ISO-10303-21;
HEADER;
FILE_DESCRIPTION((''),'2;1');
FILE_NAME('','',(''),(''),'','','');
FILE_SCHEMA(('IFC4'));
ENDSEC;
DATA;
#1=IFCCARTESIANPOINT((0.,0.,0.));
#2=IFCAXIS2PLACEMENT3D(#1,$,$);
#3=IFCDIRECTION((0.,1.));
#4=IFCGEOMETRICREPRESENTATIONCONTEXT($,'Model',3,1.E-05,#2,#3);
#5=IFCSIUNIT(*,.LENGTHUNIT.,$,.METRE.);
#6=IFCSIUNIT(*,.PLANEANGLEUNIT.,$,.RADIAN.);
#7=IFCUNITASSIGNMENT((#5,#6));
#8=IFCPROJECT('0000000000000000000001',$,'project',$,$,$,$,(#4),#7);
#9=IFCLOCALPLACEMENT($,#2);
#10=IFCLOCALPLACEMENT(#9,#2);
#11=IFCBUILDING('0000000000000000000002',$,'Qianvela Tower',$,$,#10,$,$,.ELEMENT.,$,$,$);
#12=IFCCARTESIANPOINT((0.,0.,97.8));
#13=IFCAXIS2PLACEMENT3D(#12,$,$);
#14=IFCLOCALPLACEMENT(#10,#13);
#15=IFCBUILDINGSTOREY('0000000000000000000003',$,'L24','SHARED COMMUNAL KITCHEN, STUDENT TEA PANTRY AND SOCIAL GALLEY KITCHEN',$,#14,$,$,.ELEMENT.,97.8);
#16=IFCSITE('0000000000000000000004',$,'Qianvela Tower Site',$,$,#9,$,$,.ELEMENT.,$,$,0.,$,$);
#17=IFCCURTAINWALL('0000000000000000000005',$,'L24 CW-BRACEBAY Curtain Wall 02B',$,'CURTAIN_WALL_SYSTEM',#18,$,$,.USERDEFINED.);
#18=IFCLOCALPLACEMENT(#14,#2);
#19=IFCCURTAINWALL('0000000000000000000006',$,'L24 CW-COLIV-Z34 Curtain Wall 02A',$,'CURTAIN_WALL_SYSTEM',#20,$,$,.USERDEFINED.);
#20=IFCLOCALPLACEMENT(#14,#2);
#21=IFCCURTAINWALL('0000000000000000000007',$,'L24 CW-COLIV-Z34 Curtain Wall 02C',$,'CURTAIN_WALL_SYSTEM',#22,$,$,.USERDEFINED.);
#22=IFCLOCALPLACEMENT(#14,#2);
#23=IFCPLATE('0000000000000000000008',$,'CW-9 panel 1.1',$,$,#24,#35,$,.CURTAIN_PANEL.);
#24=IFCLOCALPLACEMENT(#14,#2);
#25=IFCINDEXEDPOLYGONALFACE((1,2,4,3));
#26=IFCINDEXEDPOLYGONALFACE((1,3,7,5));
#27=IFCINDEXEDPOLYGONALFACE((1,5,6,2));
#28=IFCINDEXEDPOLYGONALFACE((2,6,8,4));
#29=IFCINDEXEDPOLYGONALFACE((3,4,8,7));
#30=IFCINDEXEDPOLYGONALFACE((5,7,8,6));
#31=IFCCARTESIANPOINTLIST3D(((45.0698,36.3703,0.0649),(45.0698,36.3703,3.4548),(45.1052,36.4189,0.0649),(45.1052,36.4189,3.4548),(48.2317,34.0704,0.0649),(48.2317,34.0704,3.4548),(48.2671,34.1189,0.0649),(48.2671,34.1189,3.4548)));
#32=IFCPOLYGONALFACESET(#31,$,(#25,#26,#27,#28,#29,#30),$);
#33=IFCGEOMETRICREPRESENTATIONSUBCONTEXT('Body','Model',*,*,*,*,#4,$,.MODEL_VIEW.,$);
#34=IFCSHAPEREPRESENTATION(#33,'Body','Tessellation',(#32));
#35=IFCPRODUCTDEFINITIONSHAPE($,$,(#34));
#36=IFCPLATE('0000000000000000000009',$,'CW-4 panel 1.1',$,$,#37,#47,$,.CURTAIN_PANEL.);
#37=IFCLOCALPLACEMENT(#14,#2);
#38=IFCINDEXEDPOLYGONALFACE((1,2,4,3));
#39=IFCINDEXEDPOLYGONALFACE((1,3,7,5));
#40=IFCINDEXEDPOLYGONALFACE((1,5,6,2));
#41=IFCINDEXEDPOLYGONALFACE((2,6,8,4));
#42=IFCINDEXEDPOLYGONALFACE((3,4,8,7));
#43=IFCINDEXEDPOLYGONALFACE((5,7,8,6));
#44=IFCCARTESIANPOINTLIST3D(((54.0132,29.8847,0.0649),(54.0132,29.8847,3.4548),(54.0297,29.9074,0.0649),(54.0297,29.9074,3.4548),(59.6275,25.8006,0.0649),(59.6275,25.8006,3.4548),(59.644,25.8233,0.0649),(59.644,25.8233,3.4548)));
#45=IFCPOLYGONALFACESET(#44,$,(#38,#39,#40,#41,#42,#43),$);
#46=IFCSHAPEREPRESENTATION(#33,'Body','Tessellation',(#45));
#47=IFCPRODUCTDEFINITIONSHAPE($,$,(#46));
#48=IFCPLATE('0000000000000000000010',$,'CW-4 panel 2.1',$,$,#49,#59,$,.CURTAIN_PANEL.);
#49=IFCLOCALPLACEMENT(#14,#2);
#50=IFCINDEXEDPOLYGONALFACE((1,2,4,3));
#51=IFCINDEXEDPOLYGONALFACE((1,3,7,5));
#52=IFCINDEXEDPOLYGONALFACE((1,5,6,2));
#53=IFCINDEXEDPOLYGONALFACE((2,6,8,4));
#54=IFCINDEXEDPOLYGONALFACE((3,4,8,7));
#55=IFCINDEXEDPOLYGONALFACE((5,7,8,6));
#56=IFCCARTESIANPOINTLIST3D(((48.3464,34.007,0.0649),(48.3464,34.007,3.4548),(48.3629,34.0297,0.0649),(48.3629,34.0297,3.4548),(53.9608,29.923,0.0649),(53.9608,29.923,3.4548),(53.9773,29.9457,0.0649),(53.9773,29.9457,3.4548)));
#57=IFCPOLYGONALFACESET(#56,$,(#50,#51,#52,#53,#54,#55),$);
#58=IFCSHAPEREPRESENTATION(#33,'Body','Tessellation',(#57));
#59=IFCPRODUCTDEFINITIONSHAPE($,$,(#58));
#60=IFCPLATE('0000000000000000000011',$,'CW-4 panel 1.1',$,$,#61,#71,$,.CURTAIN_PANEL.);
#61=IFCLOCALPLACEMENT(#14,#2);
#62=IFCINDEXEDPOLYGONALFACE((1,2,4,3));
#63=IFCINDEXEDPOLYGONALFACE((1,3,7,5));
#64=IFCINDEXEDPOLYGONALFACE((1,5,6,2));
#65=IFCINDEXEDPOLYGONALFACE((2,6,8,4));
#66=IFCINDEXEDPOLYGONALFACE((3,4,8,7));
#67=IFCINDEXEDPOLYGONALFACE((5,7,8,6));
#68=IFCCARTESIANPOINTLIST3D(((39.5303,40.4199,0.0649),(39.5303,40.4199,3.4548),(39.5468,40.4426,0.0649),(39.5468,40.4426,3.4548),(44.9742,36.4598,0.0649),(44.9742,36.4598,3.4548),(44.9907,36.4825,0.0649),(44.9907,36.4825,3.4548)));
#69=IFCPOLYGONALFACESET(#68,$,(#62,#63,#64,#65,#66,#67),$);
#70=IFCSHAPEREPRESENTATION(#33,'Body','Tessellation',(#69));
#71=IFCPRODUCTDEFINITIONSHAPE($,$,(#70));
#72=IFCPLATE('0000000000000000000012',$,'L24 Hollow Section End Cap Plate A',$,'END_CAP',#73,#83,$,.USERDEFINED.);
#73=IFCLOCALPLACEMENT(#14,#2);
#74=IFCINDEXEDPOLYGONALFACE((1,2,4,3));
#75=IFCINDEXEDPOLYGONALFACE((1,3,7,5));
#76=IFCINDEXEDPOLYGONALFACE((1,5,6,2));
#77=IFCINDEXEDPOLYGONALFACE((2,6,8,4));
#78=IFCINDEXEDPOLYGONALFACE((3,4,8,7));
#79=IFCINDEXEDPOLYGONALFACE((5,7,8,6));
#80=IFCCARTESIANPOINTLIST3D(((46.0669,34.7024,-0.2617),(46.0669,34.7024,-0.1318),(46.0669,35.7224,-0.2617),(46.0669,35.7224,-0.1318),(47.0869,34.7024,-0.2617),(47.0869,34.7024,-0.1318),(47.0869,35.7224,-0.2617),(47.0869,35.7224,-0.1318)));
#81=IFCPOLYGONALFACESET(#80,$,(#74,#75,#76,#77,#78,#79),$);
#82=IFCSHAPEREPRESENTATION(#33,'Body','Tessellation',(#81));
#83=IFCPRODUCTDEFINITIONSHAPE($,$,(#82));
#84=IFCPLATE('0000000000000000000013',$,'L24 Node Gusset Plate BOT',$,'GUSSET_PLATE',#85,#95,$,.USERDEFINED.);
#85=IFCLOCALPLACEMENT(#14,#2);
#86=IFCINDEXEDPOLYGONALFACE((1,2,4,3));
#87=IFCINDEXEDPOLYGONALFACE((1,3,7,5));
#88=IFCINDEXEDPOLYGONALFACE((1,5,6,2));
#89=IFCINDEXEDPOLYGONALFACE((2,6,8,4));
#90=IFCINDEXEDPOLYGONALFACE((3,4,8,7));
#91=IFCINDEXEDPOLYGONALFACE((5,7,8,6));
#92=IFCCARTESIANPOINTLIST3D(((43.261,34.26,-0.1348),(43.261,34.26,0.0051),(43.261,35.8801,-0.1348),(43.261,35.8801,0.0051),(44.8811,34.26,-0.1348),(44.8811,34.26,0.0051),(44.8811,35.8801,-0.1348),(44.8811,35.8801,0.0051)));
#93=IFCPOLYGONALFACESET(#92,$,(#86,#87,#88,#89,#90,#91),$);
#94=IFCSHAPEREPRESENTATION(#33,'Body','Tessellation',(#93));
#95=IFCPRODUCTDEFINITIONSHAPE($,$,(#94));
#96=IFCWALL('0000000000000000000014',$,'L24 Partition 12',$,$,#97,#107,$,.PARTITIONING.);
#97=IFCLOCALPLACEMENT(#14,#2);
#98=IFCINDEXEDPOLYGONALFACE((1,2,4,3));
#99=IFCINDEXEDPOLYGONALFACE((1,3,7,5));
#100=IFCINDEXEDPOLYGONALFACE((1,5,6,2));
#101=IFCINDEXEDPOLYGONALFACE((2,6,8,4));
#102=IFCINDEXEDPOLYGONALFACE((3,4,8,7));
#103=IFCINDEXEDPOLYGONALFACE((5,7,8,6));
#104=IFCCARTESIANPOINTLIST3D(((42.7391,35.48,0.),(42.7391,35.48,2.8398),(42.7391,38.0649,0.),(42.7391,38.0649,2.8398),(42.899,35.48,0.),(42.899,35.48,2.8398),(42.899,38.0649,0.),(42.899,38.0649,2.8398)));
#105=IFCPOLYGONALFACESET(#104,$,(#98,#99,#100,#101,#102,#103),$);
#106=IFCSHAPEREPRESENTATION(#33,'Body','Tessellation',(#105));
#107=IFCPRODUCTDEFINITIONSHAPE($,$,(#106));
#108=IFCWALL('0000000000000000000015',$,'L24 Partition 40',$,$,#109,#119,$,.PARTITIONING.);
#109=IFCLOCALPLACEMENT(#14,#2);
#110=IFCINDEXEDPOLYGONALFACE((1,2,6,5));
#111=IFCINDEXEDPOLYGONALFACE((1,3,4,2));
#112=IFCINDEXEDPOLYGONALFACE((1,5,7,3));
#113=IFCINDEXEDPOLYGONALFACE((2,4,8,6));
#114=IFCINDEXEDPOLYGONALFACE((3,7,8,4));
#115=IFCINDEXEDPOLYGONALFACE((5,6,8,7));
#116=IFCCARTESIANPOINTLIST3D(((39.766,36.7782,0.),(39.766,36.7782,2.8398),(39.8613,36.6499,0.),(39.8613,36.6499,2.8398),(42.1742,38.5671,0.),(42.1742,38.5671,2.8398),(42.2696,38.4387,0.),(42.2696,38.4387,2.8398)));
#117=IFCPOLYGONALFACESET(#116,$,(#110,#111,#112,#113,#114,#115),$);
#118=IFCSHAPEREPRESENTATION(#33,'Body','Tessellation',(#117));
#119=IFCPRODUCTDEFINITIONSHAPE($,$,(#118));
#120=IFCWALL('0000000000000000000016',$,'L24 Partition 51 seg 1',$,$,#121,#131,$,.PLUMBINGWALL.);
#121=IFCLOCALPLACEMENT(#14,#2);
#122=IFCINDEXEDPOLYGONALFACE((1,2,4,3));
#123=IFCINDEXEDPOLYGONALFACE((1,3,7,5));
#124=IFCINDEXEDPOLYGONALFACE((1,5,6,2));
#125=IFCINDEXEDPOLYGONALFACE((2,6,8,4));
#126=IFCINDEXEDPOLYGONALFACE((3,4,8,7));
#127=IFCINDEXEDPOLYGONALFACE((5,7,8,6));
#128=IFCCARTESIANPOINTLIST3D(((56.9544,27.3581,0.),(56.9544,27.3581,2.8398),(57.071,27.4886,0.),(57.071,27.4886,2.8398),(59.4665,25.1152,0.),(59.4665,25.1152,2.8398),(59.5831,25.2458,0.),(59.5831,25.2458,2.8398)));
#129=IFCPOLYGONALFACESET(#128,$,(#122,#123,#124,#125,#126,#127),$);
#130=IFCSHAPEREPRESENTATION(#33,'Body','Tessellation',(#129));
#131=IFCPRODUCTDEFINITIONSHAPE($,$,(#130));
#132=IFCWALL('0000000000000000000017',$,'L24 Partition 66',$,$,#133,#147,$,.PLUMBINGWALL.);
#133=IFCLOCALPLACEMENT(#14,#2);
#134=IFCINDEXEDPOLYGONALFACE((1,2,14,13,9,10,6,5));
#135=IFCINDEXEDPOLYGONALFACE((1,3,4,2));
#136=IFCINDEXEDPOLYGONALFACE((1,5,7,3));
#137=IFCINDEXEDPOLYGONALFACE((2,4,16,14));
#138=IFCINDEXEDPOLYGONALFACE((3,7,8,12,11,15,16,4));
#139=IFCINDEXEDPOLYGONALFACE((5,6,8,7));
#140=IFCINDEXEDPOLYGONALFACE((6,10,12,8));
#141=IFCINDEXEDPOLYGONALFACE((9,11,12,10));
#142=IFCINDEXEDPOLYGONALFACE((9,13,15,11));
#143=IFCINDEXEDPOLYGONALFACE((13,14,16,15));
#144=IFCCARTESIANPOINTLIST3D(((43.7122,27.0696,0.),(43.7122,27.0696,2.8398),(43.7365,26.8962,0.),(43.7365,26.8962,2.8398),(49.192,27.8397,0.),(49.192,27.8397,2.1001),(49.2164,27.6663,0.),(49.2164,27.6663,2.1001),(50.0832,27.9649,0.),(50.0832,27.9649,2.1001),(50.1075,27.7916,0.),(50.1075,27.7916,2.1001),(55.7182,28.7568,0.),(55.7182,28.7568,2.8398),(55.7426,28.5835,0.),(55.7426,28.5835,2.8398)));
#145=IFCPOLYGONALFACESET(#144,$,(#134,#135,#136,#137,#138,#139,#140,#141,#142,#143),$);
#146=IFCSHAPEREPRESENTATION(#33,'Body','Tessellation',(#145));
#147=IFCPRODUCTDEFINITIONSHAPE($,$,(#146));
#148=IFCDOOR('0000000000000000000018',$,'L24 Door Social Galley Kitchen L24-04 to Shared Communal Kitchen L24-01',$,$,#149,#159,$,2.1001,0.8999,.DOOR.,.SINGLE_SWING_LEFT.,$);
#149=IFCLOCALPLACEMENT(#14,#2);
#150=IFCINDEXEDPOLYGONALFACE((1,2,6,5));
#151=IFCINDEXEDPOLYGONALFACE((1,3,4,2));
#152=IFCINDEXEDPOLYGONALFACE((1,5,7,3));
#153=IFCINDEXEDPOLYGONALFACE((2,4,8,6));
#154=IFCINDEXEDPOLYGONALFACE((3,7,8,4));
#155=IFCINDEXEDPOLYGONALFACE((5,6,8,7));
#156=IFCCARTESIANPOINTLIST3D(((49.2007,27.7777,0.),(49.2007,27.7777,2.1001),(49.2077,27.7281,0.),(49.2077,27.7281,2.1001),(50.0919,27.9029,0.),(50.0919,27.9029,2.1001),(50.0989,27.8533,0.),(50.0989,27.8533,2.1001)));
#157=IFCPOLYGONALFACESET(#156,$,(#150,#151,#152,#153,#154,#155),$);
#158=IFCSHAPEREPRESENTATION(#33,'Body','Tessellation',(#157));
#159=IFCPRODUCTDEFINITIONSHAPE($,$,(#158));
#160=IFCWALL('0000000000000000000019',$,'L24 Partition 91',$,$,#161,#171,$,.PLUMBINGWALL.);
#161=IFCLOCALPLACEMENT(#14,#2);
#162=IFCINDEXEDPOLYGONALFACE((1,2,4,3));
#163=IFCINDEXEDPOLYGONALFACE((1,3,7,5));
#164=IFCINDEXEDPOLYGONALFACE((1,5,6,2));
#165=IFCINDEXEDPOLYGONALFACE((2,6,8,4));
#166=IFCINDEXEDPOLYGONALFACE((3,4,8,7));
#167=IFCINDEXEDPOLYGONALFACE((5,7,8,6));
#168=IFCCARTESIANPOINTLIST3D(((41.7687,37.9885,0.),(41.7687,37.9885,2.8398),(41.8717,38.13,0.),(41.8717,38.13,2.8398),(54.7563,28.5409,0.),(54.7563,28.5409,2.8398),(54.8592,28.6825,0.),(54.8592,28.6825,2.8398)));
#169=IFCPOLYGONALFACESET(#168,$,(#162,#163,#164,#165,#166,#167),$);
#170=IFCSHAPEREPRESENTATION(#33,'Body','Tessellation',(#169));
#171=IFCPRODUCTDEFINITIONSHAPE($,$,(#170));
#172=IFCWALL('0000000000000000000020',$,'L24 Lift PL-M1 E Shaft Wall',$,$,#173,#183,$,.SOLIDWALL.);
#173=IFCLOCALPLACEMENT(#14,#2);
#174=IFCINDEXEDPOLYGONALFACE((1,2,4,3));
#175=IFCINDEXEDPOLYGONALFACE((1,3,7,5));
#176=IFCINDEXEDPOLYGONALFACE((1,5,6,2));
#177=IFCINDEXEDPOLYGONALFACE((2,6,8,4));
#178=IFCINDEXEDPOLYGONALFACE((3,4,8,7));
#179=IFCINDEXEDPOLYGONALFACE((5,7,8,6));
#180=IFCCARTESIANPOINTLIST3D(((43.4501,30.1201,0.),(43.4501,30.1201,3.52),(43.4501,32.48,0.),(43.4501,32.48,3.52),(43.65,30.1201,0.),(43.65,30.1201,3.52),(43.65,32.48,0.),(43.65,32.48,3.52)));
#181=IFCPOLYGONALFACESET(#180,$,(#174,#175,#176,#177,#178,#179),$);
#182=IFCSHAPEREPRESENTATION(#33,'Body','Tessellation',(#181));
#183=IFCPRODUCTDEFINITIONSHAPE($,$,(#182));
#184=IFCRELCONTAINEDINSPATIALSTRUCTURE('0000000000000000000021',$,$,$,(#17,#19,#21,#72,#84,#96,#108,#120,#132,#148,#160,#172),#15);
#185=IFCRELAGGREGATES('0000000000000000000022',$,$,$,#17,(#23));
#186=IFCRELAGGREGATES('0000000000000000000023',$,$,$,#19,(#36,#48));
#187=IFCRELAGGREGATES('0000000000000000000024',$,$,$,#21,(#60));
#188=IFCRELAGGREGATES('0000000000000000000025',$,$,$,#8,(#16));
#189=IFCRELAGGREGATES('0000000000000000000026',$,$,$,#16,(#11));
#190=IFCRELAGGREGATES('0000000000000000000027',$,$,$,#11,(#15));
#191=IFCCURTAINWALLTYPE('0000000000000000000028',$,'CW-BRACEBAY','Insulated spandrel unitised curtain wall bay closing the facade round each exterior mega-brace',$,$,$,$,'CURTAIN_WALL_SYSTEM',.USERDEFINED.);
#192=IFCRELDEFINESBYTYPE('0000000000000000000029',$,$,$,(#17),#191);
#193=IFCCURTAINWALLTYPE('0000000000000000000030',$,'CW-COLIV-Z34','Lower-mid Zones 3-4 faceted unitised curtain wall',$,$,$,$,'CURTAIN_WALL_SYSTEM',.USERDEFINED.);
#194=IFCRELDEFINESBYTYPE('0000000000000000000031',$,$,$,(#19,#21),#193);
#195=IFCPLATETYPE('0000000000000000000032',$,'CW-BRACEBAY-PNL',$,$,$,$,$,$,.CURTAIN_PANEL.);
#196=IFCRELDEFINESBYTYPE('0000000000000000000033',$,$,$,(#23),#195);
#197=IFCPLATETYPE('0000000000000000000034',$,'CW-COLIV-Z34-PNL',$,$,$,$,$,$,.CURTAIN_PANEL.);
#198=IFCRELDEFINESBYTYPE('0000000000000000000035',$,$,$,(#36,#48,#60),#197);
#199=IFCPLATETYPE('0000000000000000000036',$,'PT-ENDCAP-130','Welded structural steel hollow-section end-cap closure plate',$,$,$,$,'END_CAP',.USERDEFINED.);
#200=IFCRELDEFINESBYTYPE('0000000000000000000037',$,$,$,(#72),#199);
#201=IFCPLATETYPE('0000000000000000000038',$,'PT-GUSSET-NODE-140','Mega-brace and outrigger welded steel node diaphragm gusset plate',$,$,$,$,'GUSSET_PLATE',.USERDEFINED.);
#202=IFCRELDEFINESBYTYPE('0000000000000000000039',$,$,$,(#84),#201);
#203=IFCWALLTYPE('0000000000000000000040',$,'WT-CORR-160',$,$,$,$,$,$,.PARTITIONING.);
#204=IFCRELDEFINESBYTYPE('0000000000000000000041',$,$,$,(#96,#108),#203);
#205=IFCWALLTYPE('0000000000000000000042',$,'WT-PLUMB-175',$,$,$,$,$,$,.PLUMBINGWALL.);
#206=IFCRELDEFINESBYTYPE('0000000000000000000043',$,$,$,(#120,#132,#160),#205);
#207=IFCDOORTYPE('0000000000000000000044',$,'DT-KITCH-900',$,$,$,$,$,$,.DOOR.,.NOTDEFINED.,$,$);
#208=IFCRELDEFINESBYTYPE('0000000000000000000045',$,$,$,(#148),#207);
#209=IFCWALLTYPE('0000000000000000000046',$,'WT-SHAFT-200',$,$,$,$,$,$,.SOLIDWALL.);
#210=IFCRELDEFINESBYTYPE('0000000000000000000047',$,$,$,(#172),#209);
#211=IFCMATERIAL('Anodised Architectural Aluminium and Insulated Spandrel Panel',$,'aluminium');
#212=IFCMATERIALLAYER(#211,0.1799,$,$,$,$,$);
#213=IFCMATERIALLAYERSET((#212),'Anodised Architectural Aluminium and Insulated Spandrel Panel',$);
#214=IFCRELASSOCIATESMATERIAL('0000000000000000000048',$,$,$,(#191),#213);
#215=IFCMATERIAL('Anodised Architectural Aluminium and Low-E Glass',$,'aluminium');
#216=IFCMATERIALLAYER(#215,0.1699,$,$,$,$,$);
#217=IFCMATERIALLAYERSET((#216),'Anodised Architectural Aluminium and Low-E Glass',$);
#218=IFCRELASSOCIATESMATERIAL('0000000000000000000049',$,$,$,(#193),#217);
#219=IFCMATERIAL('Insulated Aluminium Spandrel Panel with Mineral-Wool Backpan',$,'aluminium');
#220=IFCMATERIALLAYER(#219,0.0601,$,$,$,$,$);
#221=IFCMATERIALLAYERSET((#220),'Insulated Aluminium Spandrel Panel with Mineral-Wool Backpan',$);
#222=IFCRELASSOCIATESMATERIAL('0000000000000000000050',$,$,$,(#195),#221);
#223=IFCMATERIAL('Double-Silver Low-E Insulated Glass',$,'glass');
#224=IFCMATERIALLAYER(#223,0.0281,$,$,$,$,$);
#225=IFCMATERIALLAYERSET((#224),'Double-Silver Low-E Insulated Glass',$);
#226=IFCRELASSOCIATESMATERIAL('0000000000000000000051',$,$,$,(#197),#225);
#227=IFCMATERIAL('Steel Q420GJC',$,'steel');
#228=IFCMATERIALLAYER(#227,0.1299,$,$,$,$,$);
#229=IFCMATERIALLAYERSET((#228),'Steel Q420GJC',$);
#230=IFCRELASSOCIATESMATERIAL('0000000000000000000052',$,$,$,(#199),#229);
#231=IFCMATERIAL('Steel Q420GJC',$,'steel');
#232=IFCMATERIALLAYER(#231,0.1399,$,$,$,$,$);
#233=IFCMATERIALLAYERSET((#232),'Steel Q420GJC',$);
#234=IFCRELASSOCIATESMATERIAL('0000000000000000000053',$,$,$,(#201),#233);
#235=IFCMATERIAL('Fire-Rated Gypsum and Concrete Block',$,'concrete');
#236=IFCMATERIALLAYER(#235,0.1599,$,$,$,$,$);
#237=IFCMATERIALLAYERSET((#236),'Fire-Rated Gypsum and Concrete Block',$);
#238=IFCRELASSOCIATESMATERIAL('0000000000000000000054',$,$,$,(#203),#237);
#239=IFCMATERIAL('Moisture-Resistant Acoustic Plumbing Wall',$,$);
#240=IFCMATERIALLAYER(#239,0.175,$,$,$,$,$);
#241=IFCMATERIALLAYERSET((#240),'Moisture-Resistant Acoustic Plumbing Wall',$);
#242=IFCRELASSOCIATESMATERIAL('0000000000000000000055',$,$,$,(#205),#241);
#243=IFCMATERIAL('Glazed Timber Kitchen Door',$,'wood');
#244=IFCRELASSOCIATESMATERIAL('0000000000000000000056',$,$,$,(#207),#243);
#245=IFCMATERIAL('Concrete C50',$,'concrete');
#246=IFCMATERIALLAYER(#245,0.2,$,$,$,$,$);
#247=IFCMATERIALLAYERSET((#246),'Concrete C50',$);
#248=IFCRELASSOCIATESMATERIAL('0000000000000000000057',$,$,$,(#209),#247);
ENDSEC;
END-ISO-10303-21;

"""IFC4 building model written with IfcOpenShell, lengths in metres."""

from ifc_helpers import new_model, si_unit, direction, frame, frame_2d, origin, origin_2d, place, context, subcontext, project, spatial, rectangle, extrude, material, layer, layer_set, type_object, element, fill, aggregate, save


model = new_model("IFC4")

# Units and contexts
model_context = context("Model", 3, precision=1e-05, world=origin(), true_north=direction((0.0, 1.0)))
body_context = subcontext(model_context, "Body", "Model", "MODEL_VIEW")
ifc_project = project(units=[si_unit("LENGTHUNIT", "METRE"), si_unit("PLANEANGLEUNIT", "RADIAN")], contexts=[model_context])

# Site, building, storey
site_placement = place(None, origin())
site = spatial("IfcSite", under=ifc_project, at=site_placement, Name="Qianvela Tower Site", CompositionType="ELEMENT", RefElevation=0.0)
building_placement = place(site_placement, origin())
building = spatial("IfcBuilding", under=site, at=building_placement, Name="Qianvela Tower", CompositionType="ELEMENT")
storey_placement = place(building_placement, frame((0.0, 0.0, 97.8)))
storey = spatial("IfcBuildingStorey", under=building, at=storey_placement, Name="L24", Description="SHARED COMMUNAL KITCHEN, STUDENT TEA PANTRY AND SOCIAL GALLEY KITCHEN", CompositionType="ELEMENT", Elevation=97.8)

# Curtain walls
ifc_material_1 = material(Name="Anodised Architectural Aluminium and Insulated Spandrel Panel", Category="aluminium")
ifc_layer_1 = layer(ifc_material_1, 0.1799)
ifc_layer_set_1 = layer_set([ifc_layer_1], Name="Anodised Architectural Aluminium and Insulated Spandrel Panel")
curtain_wall_type_1 = type_object("IfcCurtainWallType", Name="CW-BRACEBAY", Description="Insulated spandrel unitised curtain wall bay closing the facade round each exterior mega-brace", ElementType="CURTAIN_WALL_SYSTEM", PredefinedType="USERDEFINED", material=ifc_layer_set_1)
curtain_wall_1_placement = place(storey_placement, origin())
curtain_wall_1 = element("IfcCurtainWall", 1, at=curtain_wall_1_placement, inside=storey, type_object=curtain_wall_type_1, Name="L24 CW-BRACEBAY Curtain Wall 02B", ObjectType="CURTAIN_WALL_SYSTEM", PredefinedType="USERDEFINED")
ifc_material_2 = material(Name="Anodised Architectural Aluminium and Low-E Glass", Category="aluminium")
ifc_layer_2 = layer(ifc_material_2, 0.1699)
ifc_layer_set_2 = layer_set([ifc_layer_2], Name="Anodised Architectural Aluminium and Low-E Glass")
curtain_wall_type_2 = type_object("IfcCurtainWallType", Name="CW-COLIV-Z34", Description="Lower-mid Zones 3-4 faceted unitised curtain wall", ElementType="CURTAIN_WALL_SYSTEM", PredefinedType="USERDEFINED", material=ifc_layer_set_2)
curtain_wall_2_placement = place(storey_placement, origin())
curtain_wall_2 = element("IfcCurtainWall", 2, at=curtain_wall_2_placement, inside=storey, type_object=curtain_wall_type_2, Name="L24 CW-COLIV-Z34 Curtain Wall 02A", ObjectType="CURTAIN_WALL_SYSTEM", PredefinedType="USERDEFINED")

# Curtain wall
curtain_wall_3_placement = place(storey_placement, origin())
curtain_wall_3 = element("IfcCurtainWall", 3, at=curtain_wall_3_placement, inside=storey, type_object=curtain_wall_type_2, Name="L24 CW-COLIV-Z34 Curtain Wall 02C", ObjectType="CURTAIN_WALL_SYSTEM", PredefinedType="USERDEFINED")

# Plates
ifc_material_3 = material(Name="Insulated Aluminium Spandrel Panel with Mineral-Wool Backpan", Category="aluminium")
ifc_layer_3 = layer(ifc_material_3, 0.0601)
ifc_layer_set_3 = layer_set([ifc_layer_3], Name="Insulated Aluminium Spandrel Panel with Mineral-Wool Backpan")
plate_type_1 = type_object("IfcPlateType", Name="CW-BRACEBAY-PNL", PredefinedType="CURTAIN_PANEL", material=ifc_layer_set_3)
plate_1_placement = place(storey_placement, frame((46.6685, 35.2446, 0.0649), z_axis=(0.0, 0.0, 1.0), x_axis=(-0.808686, 0.588241, 0.0)))
plate_1 = element("IfcPlate", 4, at=plate_1_placement, type_object=plate_type_1, Name="CW-9 panel 1.1", PredefinedType="CURTAIN_PANEL", context=body_context, shape_type="SweptSolid", body=[
    extrude(rectangle(XDim=3.9099, YDim=0.0601, at=origin_2d()), origin(), (0.0, 0.0, 1.0), 3.3899),
])
aggregate(curtain_wall_1, [plate_1])
ifc_material_4 = material(Name="Double-Silver Low-E Insulated Glass", Category="glass")
ifc_layer_4 = layer(ifc_material_4, 0.0281)
ifc_layer_set_4 = layer_set([ifc_layer_4], Name="Double-Silver Low-E Insulated Glass")
plate_type_2 = type_object("IfcPlateType", Name="CW-COLIV-Z34-PNL", PredefinedType="CURTAIN_PANEL", material=ifc_layer_set_4)
plate_2_placement = place(storey_placement, frame((56.8286, 27.854, 0.0649), z_axis=(0.0, 0.0, 1.0), x_axis=(-0.808678, 0.588252, 0.0)))
plate_2 = element("IfcPlate", 5, at=plate_2_placement, type_object=plate_type_2, Name="CW-4 panel 1.1", PredefinedType="CURTAIN_PANEL", context=body_context, shape_type="SweptSolid", body=[
    extrude(rectangle(XDim=6.9426, YDim=0.0281, at=origin_2d()), origin(), (0.0, 0.0, 1.0), 3.3899),
])
plate_3_placement = place(storey_placement, frame((51.1619, 31.9763, 0.0649), z_axis=(0.0, 0.0, 1.0), x_axis=(-0.808678, 0.588252, 0.0)))
plate_3 = element("IfcPlate", 6, at=plate_3_placement, type_object=plate_type_2, Name="CW-4 panel 2.1", PredefinedType="CURTAIN_PANEL", context=body_context, shape_type="SweptSolid", body=[
    extrude(rectangle(XDim=6.9426, YDim=0.0281, at=origin_2d()), origin(), (0.0, 0.0, 1.0), 3.3899),
])
aggregate(curtain_wall_2, [plate_2, plate_3])
plate_4_placement = place(storey_placement, frame((42.2605, 38.4512, 0.0649), z_axis=(0.0, 0.0, 1.0), x_axis=(-0.808676, 0.588255, 0.0)))
plate_4 = element("IfcPlate", 7, at=plate_4_placement, type_object=plate_type_2, Name="CW-4 panel 1.1", PredefinedType="CURTAIN_PANEL", context=body_context, shape_type="SweptSolid", body=[
    extrude(rectangle(XDim=6.7319, YDim=0.0281, at=origin_2d()), origin(), (0.0, 0.0, 1.0), 3.3899),
])
aggregate(curtain_wall_3, [plate_4])

# Plates
ifc_material_5 = material(Name="Steel Q420GJC", Category="steel")
ifc_layer_5 = layer(ifc_material_5, 0.1299)
ifc_layer_set_5 = layer_set([ifc_layer_5], Name="Steel Q420GJC")
plate_type_3 = type_object("IfcPlateType", Name="PT-ENDCAP-130", Description="Welded structural steel hollow-section end-cap closure plate", ElementType="END_CAP", PredefinedType="USERDEFINED", material=ifc_layer_set_5)
plate_5_placement = place(storey_placement, frame((46.5769, 35.2124, -0.2617), z_axis=(0.0, 0.0, 1.0), x_axis=(1.0, 0.0, 0.0)))
element("IfcPlate", 8, at=plate_5_placement, inside=storey, type_object=plate_type_3, Name="L24 Hollow Section End Cap Plate A", ObjectType="END_CAP", PredefinedType="USERDEFINED", context=body_context, shape_type="SweptSolid", body=[
    extrude(rectangle(XDim=1.02, YDim=1.02, at=origin_2d()), origin(), (0.0, 0.0, 1.0), 0.1299),
])
ifc_material_6 = material(Name="Steel Q420GJC", Category="steel")
ifc_layer_6 = layer(ifc_material_6, 0.1399)
ifc_layer_set_6 = layer_set([ifc_layer_6], Name="Steel Q420GJC")
plate_type_4 = type_object("IfcPlateType", Name="PT-GUSSET-NODE-140", Description="Mega-brace and outrigger welded steel node diaphragm gusset plate", ElementType="GUSSET_PLATE", PredefinedType="USERDEFINED", material=ifc_layer_set_6)
plate_6_placement = place(storey_placement, frame((44.071, 35.0701, -0.1348), z_axis=(0.0, 0.0, 1.0), x_axis=(1.0, 0.0, 0.0)))
element("IfcPlate", 9, at=plate_6_placement, inside=storey, type_object=plate_type_4, Name="L24 Node Gusset Plate BOT", ObjectType="GUSSET_PLATE", PredefinedType="USERDEFINED", context=body_context, shape_type="SweptSolid", body=[
    extrude(rectangle(XDim=1.6201, YDim=1.6201, at=origin_2d()), origin(), (0.0, 0.0, 1.0), 0.1399),
])

# Walls
ifc_material_7 = material(Name="Fire-Rated Gypsum and Concrete Block", Category="concrete")
ifc_layer_7 = layer(ifc_material_7, 0.1599)
ifc_layer_set_7 = layer_set([ifc_layer_7], Name="Fire-Rated Gypsum and Concrete Block")
wall_type_1 = type_object("IfcWallType", Name="WT-CORR-160", PredefinedType="PARTITIONING", material=ifc_layer_set_7)
wall_1_placement = place(storey_placement, frame((42.8191, 38.0649, 0.0), z_axis=(0.0, 0.0, 1.0), x_axis=(0.0, -1.0, 0.0)))
element("IfcWall", 10, at=wall_1_placement, inside=storey, type_object=wall_type_1, Name="L24 Partition 12", PredefinedType="PARTITIONING", context=body_context, shape_type="SweptSolid", body=[
    extrude(rectangle(XDim=2.585, YDim=0.1599, at=frame_2d((1.2925, 0.0))), origin(), (0.0, 0.0, 1.0), 2.8398),
])
wall_2_placement = place(storey_placement, frame((42.2219, 38.5029, 0.0), z_axis=(0.0, 0.0, 1.0), x_axis=(-0.802765, -0.596296, 0.0)))
element("IfcWall", 11, at=wall_2_placement, inside=storey, type_object=wall_type_1, Name="L24 Partition 40", PredefinedType="PARTITIONING", context=body_context, shape_type="SweptSolid", body=[
    extrude(rectangle(XDim=3.0, YDim=0.1599, at=frame_2d((1.5, 0.0))), origin(), (0.0, 0.0, 1.0), 2.8398),
])
ifc_material_8 = material(Name="Moisture-Resistant Acoustic Plumbing Wall")
ifc_layer_8 = layer(ifc_material_8, 0.175)
ifc_layer_set_8 = layer_set([ifc_layer_8], Name="Moisture-Resistant Acoustic Plumbing Wall")
wall_type_2 = type_object("IfcWallType", Name="WT-PLUMB-175", PredefinedType="PLUMBINGWALL", material=ifc_layer_set_8)
wall_3_placement = place(storey_placement, frame((57.0127, 27.4233, 0.0), z_axis=(0.0, 0.0, 1.0), x_axis=(0.745956, -0.665996, 0.0)))
element("IfcWall", 12, at=wall_3_placement, inside=storey, type_object=wall_type_2, Name="L24 Partition 51 seg 1", PredefinedType="PLUMBINGWALL", context=body_context, shape_type="SweptSolid", body=[
    extrude(rectangle(XDim=3.3677, YDim=0.175, at=frame_2d((1.6838, 0.0))), origin(), (0.0, 0.0, 1.0), 2.8398),
])

# Wall, opening, door
wall_4_placement = place(storey_placement, frame((43.7244, 26.9829, 0.0), z_axis=(0.0, 0.0, 1.0), x_axis=(0.990269, 0.139166, 0.0)))
wall_4 = element("IfcWall", 13, at=wall_4_placement, inside=storey, type_object=wall_type_2, Name="L24 Partition 66", PredefinedType="PLUMBINGWALL", context=body_context, shape_type="SweptSolid", body=[
    extrude(rectangle(XDim=12.124, YDim=0.175, at=frame_2d((6.062, 0.0))), origin(), (0.0, 0.0, 1.0), 2.8398),
])
opening_placement = place(wall_4_placement, frame((5.5337, 0.0, 0.0)))
opening = element("IfcOpeningElement", 14, at=opening_placement, cuts=wall_4, PredefinedType="OPENING", context=body_context, shape_type="SweptSolid", body=[
    extrude(rectangle(XDim=0.8999, YDim=2.1001, at=frame_2d((0.45, 1.05))), frame((0.0, 0.0974, 0.0), z_axis=(0.0, -1.0, 0.0), x_axis=(1.0, 0.0, 0.0)), (0.0, 0.0, 1.0), 0.1951),
])
ifc_material_9 = material(Name="Glazed Timber Kitchen Door", Category="wood")
door_type = type_object("IfcDoorType", Name="DT-KITCH-900", OperationType="NOTDEFINED", PredefinedType="DOOR", material=ifc_material_9)
door_placement = place(opening_placement, origin())
door = element("IfcDoor", 15, at=door_placement, inside=storey, type_object=door_type, Name="L24 Door Social Galley Kitchen L24-04 to Shared Communal Kitchen L24-01", OperationType="SINGLE_SWING_LEFT", OverallHeight=2.1001, OverallWidth=0.8999, PredefinedType="DOOR", context=body_context, shape_type="SweptSolid", body=[
    extrude(rectangle(XDim=0.8999, YDim=2.1001, at=frame_2d((0.45, 1.05))), frame((0.0, 0.0249, 0.0), z_axis=(0.0, -1.0, 0.0), x_axis=(1.0, 0.0, 0.0)), (0.0, 0.0, 1.0), 0.05),
])
fill(opening, door)

# Walls
wall_5_placement = place(storey_placement, frame((41.8201, 38.0593, 0.0), z_axis=(0.0, 0.0, 1.0), x_axis=(0.808676, -0.588254, 0.0)))
element("IfcWall", 16, at=wall_5_placement, inside=storey, type_object=wall_type_2, Name="L24 Partition 91", PredefinedType="PLUMBINGWALL", context=body_context, shape_type="SweptSolid", body=[
    extrude(rectangle(XDim=16.0603, YDim=0.175, at=frame_2d((8.0303, 0.0))), origin(), (0.0, 0.0, 1.0), 2.8398),
])
ifc_material_10 = material(Name="Concrete C50", Category="concrete")
ifc_layer_9 = layer(ifc_material_10, 0.2)
ifc_layer_set_9 = layer_set([ifc_layer_9], Name="Concrete C50")
wall_type_3 = type_object("IfcWallType", Name="WT-SHAFT-200", PredefinedType="SOLIDWALL", material=ifc_layer_set_9)
for number, where, z_axis, x_axis, name in (
    (17, (43.55, 30.1201, 0.0), (0.0, 0.0, 1.0), (0.0, 1.0, 0.0), "L24 Lift PL-M1 E Shaft Wall"),
):
    element("IfcWall", number, at=place(storey_placement, frame(where, z_axis=z_axis, x_axis=x_axis)), inside=storey, type_object=wall_type_3, Name=name, PredefinedType="SOLIDWALL", context=body_context, shape_type="SweptSolid", body=[
        extrude(rectangle(XDim=2.3599, YDim=0.2, at=frame_2d((1.1799, 0.0))), origin(), (0.0, 0.0, 1.0), 3.52),
    ])

save(model, "model.ifc")
